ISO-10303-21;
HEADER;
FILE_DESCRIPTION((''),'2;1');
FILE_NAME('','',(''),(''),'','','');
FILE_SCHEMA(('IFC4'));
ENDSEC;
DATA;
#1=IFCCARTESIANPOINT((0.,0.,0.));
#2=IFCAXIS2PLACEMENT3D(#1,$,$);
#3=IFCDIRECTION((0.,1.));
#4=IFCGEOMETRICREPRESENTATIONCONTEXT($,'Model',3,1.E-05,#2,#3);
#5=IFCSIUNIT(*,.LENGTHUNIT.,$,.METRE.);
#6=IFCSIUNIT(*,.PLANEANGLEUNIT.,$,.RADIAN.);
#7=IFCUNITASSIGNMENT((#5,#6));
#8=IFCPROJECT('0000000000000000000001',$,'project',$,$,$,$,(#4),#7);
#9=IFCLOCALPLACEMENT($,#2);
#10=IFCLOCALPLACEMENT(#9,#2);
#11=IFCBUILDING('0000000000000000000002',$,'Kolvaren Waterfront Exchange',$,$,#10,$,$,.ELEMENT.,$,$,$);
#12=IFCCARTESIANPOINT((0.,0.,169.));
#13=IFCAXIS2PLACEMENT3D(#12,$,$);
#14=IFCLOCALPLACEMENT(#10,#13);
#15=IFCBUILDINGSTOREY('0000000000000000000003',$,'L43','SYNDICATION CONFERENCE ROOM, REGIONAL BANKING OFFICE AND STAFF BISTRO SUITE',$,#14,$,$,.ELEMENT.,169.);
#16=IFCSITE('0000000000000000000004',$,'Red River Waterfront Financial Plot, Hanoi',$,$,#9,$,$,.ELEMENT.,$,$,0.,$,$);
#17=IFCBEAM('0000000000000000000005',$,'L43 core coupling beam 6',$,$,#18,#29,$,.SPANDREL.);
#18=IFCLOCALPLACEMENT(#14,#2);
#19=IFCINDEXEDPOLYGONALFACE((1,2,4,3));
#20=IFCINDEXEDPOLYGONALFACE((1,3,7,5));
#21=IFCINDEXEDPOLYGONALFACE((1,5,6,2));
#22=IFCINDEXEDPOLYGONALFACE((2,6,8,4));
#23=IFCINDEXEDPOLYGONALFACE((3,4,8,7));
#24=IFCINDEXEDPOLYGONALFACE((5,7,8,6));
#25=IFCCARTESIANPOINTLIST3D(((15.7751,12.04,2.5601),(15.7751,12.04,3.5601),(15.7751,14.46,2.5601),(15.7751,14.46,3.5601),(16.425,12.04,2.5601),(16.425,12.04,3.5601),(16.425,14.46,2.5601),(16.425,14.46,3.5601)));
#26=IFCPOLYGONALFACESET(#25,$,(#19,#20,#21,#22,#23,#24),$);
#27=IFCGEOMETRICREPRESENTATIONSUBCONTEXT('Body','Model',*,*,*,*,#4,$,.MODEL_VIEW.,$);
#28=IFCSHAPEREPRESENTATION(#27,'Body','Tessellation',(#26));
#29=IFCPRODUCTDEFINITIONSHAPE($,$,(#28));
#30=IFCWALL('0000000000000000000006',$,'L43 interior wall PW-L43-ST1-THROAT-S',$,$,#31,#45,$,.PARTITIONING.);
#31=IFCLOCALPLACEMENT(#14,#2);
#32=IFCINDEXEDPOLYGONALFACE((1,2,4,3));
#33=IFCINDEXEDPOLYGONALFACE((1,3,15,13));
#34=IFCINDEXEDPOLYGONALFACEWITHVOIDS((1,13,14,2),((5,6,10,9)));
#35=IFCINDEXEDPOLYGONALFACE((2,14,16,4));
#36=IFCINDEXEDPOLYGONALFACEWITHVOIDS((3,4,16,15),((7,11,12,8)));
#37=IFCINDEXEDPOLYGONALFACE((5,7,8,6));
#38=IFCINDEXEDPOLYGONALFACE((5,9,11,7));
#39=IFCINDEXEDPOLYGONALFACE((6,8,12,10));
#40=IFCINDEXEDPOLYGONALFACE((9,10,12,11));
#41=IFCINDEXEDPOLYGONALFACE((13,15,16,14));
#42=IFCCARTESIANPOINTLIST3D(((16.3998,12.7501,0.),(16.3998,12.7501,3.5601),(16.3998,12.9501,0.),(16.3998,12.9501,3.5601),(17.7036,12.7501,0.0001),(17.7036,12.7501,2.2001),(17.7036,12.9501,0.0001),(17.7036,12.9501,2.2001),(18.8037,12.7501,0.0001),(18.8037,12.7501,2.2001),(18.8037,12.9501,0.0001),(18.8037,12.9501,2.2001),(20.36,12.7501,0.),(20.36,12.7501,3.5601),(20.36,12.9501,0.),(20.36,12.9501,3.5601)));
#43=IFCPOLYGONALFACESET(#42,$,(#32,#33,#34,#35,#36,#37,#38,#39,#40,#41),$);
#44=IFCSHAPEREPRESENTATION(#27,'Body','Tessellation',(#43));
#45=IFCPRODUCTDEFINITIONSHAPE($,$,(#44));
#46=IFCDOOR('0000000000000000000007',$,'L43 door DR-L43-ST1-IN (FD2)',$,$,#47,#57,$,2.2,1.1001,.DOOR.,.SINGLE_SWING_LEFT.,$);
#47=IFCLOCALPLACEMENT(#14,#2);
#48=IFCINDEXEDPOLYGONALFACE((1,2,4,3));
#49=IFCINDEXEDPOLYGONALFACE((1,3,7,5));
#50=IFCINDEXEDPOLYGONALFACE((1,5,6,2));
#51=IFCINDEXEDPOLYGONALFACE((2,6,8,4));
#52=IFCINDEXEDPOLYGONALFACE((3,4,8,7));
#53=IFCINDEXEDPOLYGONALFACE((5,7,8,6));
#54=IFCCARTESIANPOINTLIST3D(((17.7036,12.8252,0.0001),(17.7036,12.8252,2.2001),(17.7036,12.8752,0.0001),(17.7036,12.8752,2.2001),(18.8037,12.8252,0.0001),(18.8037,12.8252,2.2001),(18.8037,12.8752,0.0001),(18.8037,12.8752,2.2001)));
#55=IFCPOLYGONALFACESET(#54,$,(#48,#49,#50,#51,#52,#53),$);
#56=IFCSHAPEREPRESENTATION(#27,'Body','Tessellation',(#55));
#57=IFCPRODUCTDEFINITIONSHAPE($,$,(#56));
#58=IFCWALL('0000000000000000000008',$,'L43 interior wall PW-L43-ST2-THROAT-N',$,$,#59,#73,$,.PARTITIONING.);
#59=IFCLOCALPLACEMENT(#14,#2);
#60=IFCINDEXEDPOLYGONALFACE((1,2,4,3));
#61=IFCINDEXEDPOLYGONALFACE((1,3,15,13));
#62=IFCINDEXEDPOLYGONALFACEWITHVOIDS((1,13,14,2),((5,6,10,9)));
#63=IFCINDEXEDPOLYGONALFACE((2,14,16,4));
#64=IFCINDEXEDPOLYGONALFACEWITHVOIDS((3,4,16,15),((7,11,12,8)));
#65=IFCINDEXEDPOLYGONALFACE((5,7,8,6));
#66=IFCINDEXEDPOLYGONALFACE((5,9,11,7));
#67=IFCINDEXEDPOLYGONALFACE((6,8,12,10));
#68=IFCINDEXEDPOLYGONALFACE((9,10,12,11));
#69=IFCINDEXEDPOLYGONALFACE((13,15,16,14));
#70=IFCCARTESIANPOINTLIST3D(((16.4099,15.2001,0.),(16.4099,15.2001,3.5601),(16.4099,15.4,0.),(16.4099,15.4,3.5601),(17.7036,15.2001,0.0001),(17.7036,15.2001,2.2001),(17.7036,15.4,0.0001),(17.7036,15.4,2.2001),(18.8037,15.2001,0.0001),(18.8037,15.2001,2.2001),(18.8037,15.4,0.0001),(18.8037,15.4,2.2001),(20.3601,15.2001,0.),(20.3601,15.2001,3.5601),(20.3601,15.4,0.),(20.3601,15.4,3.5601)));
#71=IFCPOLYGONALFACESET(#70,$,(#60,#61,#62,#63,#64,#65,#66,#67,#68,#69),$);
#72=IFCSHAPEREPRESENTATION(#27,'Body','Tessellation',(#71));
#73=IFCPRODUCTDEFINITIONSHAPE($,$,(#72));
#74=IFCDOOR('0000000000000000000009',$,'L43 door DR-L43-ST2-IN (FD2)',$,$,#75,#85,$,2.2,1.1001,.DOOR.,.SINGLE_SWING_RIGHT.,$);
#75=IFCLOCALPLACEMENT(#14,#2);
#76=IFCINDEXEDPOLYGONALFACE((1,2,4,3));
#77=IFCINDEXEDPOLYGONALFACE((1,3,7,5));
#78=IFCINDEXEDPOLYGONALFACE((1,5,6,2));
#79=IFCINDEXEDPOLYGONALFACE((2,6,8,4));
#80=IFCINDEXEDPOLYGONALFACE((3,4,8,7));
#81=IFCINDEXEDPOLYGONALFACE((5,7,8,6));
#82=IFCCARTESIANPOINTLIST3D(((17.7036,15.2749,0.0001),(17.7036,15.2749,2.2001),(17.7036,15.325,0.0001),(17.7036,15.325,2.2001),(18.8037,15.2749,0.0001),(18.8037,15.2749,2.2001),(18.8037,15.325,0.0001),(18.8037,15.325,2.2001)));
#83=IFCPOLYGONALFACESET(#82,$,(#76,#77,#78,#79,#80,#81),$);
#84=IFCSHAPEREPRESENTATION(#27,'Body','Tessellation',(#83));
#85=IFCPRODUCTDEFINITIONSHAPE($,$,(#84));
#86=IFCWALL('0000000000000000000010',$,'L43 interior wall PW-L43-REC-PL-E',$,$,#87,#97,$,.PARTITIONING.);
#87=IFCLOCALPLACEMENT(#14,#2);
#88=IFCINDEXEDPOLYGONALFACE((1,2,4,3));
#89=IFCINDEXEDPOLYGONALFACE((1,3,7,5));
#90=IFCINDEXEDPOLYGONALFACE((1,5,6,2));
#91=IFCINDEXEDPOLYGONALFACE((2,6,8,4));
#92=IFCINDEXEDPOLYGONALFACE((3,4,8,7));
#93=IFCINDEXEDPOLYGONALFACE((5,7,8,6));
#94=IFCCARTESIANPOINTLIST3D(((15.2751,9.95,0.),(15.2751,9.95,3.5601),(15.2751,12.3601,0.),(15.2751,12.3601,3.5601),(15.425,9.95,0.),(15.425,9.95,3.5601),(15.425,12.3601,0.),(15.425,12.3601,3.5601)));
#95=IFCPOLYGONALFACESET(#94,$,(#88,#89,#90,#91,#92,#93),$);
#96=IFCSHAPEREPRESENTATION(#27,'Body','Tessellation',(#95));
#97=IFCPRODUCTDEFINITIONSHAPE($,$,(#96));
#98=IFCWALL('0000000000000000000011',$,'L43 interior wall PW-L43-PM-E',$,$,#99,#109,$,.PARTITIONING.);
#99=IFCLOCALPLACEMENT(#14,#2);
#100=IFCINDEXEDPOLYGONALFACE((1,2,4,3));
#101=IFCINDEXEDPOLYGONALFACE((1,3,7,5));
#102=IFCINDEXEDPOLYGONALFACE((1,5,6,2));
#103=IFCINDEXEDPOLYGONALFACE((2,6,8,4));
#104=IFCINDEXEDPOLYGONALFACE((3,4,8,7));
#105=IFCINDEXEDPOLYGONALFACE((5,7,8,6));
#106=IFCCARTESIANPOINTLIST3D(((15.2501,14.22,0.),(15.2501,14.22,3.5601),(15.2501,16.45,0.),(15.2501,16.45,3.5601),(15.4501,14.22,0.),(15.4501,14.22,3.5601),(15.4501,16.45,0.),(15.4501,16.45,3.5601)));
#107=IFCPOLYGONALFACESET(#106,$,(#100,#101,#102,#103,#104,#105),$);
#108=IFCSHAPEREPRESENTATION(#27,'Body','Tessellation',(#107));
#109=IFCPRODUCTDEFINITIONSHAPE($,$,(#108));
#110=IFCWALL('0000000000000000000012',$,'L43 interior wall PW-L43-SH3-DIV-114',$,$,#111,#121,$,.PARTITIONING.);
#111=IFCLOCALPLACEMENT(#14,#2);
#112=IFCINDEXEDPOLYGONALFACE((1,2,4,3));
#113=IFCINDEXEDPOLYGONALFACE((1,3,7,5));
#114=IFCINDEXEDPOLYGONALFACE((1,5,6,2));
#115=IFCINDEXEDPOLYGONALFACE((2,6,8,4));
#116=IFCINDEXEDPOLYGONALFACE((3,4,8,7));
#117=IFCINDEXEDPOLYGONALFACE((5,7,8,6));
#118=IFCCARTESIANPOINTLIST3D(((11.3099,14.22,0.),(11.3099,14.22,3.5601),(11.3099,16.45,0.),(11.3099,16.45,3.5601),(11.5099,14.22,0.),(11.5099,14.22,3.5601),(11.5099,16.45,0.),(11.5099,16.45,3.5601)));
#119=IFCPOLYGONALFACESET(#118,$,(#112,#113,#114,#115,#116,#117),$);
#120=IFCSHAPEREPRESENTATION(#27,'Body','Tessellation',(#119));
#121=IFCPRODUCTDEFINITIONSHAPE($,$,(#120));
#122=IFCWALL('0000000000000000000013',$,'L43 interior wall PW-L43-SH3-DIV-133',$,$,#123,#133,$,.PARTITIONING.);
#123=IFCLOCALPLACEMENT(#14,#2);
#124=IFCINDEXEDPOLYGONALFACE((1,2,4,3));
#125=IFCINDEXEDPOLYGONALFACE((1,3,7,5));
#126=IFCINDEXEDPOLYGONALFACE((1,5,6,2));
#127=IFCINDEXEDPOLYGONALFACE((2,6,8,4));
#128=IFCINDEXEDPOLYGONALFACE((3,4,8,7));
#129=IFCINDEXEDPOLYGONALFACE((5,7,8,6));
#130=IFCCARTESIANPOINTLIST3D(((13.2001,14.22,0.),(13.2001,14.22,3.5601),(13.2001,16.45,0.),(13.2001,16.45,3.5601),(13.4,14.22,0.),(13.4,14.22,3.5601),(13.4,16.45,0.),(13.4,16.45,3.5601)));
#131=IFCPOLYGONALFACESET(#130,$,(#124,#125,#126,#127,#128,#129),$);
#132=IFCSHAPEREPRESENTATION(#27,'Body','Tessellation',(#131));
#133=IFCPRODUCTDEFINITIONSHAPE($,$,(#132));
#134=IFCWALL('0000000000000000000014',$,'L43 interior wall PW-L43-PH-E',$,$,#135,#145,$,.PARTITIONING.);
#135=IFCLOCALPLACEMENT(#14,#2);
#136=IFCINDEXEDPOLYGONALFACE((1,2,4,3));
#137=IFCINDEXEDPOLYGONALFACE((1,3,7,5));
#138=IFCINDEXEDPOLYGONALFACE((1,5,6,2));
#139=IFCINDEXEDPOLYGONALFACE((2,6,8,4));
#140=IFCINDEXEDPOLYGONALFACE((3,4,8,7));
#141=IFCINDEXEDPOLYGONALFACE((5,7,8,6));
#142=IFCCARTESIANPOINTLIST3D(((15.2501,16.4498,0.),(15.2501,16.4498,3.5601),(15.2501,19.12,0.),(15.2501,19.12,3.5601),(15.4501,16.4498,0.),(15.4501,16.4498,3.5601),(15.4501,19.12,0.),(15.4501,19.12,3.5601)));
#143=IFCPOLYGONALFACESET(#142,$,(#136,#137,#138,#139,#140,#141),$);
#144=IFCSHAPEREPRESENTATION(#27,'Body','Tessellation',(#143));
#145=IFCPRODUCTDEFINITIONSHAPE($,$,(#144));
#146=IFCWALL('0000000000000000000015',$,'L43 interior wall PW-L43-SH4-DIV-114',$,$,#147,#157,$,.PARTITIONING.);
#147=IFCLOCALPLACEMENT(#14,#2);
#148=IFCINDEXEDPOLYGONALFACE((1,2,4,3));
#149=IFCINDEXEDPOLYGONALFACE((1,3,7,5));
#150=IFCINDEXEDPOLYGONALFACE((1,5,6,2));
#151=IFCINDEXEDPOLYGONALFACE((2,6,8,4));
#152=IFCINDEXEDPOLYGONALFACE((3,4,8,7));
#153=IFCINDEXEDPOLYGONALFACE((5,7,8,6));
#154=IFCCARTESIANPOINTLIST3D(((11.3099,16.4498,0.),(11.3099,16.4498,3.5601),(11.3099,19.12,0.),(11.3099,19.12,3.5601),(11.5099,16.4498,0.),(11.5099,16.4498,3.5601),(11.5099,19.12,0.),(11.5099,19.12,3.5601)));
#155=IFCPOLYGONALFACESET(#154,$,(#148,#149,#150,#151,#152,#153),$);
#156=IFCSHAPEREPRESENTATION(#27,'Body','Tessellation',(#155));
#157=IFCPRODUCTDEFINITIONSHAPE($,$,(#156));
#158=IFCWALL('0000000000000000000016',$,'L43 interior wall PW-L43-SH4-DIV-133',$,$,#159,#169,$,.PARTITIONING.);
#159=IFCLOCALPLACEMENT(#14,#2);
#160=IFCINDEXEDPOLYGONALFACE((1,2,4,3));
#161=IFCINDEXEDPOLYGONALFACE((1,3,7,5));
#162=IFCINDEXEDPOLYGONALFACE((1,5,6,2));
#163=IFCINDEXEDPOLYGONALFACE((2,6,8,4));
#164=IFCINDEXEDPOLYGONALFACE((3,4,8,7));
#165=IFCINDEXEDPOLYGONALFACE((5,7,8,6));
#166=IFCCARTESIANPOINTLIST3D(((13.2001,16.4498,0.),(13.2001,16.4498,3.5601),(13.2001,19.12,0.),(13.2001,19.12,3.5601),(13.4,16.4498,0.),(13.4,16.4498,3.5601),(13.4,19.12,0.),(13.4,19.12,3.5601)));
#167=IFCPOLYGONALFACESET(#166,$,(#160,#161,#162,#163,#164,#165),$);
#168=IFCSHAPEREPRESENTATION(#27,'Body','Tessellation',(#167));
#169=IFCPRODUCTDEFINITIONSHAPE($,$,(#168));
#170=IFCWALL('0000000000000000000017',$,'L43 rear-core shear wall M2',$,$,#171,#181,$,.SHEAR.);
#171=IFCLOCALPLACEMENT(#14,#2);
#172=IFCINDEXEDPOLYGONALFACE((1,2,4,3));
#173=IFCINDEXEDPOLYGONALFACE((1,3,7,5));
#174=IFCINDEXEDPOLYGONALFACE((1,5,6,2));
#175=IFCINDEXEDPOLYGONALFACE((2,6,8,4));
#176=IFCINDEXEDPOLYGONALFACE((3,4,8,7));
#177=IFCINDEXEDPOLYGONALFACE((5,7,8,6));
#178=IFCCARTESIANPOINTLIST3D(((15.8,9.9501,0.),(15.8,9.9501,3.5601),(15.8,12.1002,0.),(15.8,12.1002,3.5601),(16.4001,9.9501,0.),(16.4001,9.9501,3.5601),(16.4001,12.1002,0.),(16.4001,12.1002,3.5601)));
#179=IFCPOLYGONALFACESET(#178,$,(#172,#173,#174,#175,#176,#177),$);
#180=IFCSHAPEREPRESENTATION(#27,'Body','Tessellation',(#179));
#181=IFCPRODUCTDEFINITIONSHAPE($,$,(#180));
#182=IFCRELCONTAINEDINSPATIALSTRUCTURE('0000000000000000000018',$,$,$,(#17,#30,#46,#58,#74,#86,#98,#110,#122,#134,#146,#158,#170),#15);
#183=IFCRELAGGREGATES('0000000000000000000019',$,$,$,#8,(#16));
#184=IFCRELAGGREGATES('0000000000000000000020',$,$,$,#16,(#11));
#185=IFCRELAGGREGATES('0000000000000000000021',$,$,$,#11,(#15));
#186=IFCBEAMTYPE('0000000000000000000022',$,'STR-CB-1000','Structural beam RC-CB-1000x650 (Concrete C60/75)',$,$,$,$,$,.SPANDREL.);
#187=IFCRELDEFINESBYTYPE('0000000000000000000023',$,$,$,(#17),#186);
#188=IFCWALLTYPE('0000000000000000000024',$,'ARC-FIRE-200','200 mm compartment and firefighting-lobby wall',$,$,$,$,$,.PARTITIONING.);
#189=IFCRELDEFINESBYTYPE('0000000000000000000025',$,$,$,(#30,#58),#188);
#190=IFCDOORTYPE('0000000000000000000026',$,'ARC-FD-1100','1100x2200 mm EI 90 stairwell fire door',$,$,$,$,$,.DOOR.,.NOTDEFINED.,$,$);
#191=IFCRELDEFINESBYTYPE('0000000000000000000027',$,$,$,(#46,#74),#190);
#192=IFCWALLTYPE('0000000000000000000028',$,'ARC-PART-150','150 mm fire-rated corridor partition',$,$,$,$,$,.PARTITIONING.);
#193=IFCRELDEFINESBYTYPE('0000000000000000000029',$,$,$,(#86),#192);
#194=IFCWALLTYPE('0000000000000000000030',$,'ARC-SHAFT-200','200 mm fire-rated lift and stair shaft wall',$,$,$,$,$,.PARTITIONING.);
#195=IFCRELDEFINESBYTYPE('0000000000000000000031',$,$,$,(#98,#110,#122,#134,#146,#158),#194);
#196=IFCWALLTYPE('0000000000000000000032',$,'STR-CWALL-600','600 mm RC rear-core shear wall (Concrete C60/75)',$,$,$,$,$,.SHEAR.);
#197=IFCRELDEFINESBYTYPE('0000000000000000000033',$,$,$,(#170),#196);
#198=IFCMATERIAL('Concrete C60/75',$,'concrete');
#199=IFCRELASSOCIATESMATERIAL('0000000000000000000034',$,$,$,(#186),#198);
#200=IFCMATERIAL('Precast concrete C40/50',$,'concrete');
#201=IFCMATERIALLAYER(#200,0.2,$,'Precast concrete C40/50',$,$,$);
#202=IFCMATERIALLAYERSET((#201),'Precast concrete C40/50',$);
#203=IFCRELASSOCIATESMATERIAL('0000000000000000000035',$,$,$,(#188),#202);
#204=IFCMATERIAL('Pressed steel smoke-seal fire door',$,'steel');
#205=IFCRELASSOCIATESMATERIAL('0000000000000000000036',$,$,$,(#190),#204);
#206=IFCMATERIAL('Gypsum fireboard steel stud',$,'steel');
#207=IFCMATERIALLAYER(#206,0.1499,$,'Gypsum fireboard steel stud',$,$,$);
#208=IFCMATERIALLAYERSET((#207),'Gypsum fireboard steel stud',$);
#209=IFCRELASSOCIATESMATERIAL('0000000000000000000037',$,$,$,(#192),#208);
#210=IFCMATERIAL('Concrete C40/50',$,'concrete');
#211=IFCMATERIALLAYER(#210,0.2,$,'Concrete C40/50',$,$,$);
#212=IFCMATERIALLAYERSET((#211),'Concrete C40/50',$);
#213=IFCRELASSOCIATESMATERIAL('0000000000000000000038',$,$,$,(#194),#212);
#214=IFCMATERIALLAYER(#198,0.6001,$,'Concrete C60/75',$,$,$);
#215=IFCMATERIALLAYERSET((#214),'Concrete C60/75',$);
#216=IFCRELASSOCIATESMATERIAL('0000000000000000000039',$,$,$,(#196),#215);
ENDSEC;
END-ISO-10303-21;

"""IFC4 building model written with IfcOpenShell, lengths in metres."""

from ifc_helpers import new_model, si_unit, direction, frame, frame_2d, origin, origin_2d, place, context, subcontext, project, spatial, rectangle, extrude, material, layer, layer_set, material_profile, profile_set, type_object, element, fill, save


model = new_model("IFC4")

# Units and contexts
model_context = context("Model", 3, precision=1e-05, world=origin(), true_north=direction((0.0, 1.0)))
body_context = subcontext(model_context, "Body", "Model", "MODEL_VIEW")
ifc_project = project(units=[si_unit("LENGTHUNIT", "METRE"), si_unit("PLANEANGLEUNIT", "RADIAN")], contexts=[model_context])

# Site, building, storey
site_placement = place(None, origin())
site = spatial("IfcSite", under=ifc_project, at=site_placement, Name="Red River Waterfront Financial Plot, Hanoi", CompositionType="ELEMENT", RefElevation=0.0)
building_placement = place(site_placement, origin())
building = spatial("IfcBuilding", under=site, at=building_placement, Name="Kolvaren Waterfront Exchange", CompositionType="ELEMENT")
storey_placement = place(building_placement, frame((0.0, 0.0, 169.0)))
storey = spatial("IfcBuildingStorey", under=building, at=storey_placement, Name="L43", Description="SYNDICATION CONFERENCE ROOM, REGIONAL BANKING OFFICE AND STAFF BISTRO SUITE", CompositionType="ELEMENT", Elevation=169.0)

# Beam
ifc_material_1 = material(Name="Concrete C60/75", Category="concrete")
ifc_material_profile = material_profile(ifc_material_1, rectangle(XDim=0.6499, YDim=1.0, at=origin_2d()), Name="RC-CB-1000x650")
ifc_profile_set = profile_set([ifc_material_profile], Name="Concrete C60/75")
beam_type = type_object("IfcBeamType", Name="STR-CB-1000", Description="Structural beam RC-CB-1000x650 (Concrete C60/75)", PredefinedType="SPANDREL", material=ifc_profile_set)
beam_placement = place(storey_placement, frame((16.1001, 12.04, 3.0601), z_axis=(0.0, 1.0, 0.0), x_axis=(-1.0, 0.0, 0.0)))
element("IfcBeam", 1, at=beam_placement, inside=storey, type_object=beam_type, Name="L43 core coupling beam 6", PredefinedType="SPANDREL", context=body_context, shape_type="SweptSolid", body=[
    extrude(rectangle(XDim=0.6499, YDim=1.0, at=origin_2d()), origin(), (0.0, 0.0, 1.0), 2.4199),
])

# Walls, openings, doors
ifc_material_2 = material(Name="Precast concrete C40/50", Category="concrete")
ifc_layer_1 = layer(ifc_material_2, 0.2, Name="Precast concrete C40/50")
ifc_layer_set_1 = layer_set([ifc_layer_1], Name="Precast concrete C40/50")
wall_type_1 = type_object("IfcWallType", Name="ARC-FIRE-200", Description="200 mm compartment and firefighting-lobby wall", PredefinedType="PARTITIONING", material=ifc_layer_set_1)
wall_1_placement = place(storey_placement, frame((16.3999, 12.8501, 0.0), z_axis=(0.0, 0.0, 1.0), x_axis=(1.0, 0.0, 0.0)))
wall_1 = element("IfcWall", 2, at=wall_1_placement, inside=storey, type_object=wall_type_1, Name="L43 interior wall PW-L43-ST1-THROAT-S", PredefinedType="PARTITIONING", context=body_context, shape_type="SweptSolid", body=[
    extrude(rectangle(XDim=3.9602, YDim=0.2, at=frame_2d((1.98, 0.0))), origin(), (0.0, 0.0, 1.0), 3.5601),
])
opening_1_placement = place(wall_1_placement, frame((1.3037, 0.0, 0.0)))
opening_1 = element("IfcOpeningElement", 3, at=opening_1_placement, cuts=wall_1, PredefinedType="OPENING", context=body_context, shape_type="SweptSolid", body=[
    extrude(rectangle(XDim=1.1001, YDim=2.2, at=frame_2d((0.55, 1.1001))), frame((0.0, 0.1099, 0.0), z_axis=(0.0, -1.0, 0.0), x_axis=(1.0, 0.0, 0.0)), (0.0, 0.0, 1.0), 0.22),
])
ifc_material_3 = material(Name="Pressed steel smoke-seal fire door", Category="steel")
door_type = type_object("IfcDoorType", Name="ARC-FD-1100", Description="1100x2200 mm EI 90 stairwell fire door", OperationType="NOTDEFINED", PredefinedType="DOOR", material=ifc_material_3)
door_1_placement = place(opening_1_placement, frame((1.1001, 0.0, 0.0), z_axis=(0.0, 0.0, 1.0), x_axis=(-1.0, 0.0, 0.0)))
door_1 = element("IfcDoor", 4, at=door_1_placement, inside=storey, type_object=door_type, Name="L43 door DR-L43-ST1-IN (FD2)", OperationType="SINGLE_SWING_LEFT", OverallHeight=2.2, OverallWidth=1.1001, PredefinedType="DOOR", context=body_context, shape_type="SweptSolid", body=[
    extrude(rectangle(XDim=1.1001, YDim=2.2, at=frame_2d((0.55, 1.1001))), frame((0.0, 0.0249, 0.0), z_axis=(0.0, -1.0, 0.0), x_axis=(1.0, 0.0, 0.0)), (0.0, 0.0, 1.0), 0.05),
])
fill(opening_1, door_1)
wall_2_placement = place(storey_placement, frame((16.4099, 15.3, 0.0), z_axis=(0.0, 0.0, 1.0), x_axis=(1.0, 0.0, 0.0)))
wall_2 = element("IfcWall", 5, at=wall_2_placement, inside=storey, type_object=wall_type_1, Name="L43 interior wall PW-L43-ST2-THROAT-N", PredefinedType="PARTITIONING", context=body_context, shape_type="SweptSolid", body=[
    extrude(rectangle(XDim=3.9502, YDim=0.2, at=frame_2d((1.9751, 0.0))), origin(), (0.0, 0.0, 1.0), 3.5601),
])
opening_2_placement = place(wall_2_placement, frame((1.2937, 0.0, 0.0)))
opening_2 = element("IfcOpeningElement", 6, at=opening_2_placement, cuts=wall_2, PredefinedType="OPENING", context=body_context, shape_type="SweptSolid", body=[
    extrude(rectangle(XDim=1.1001, YDim=2.2, at=frame_2d((0.55, 1.1001))), frame((0.0, 0.1099, 0.0), z_axis=(0.0, -1.0, 0.0), x_axis=(1.0, 0.0, 0.0)), (0.0, 0.0, 1.0), 0.22),
])
door_2_placement = place(opening_2_placement, origin())
door_2 = element("IfcDoor", 7, at=door_2_placement, inside=storey, type_object=door_type, Name="L43 door DR-L43-ST2-IN (FD2)", OperationType="SINGLE_SWING_RIGHT", OverallHeight=2.2, OverallWidth=1.1001, PredefinedType="DOOR", context=body_context, shape_type="SweptSolid", body=[
    extrude(rectangle(XDim=1.1001, YDim=2.2, at=frame_2d((0.55, 1.1001))), frame((0.0, 0.0249, 0.0), z_axis=(0.0, -1.0, 0.0), x_axis=(1.0, 0.0, 0.0)), (0.0, 0.0, 1.0), 0.05),
])
fill(opening_2, door_2)

# Walls
ifc_material_4 = material(Name="Gypsum fireboard steel stud", Category="steel")
ifc_layer_2 = layer(ifc_material_4, 0.1499, Name="Gypsum fireboard steel stud")
ifc_layer_set_2 = layer_set([ifc_layer_2], Name="Gypsum fireboard steel stud")
wall_type_2 = type_object("IfcWallType", Name="ARC-PART-150", Description="150 mm fire-rated corridor partition", PredefinedType="PARTITIONING", material=ifc_layer_set_2)
wall_3_placement = place(storey_placement, frame((15.3501, 9.95, 0.0), z_axis=(0.0, 0.0, 1.0), x_axis=(0.0, 1.0, 0.0)))
element("IfcWall", 8, at=wall_3_placement, inside=storey, type_object=wall_type_2, Name="L43 interior wall PW-L43-REC-PL-E", PredefinedType="PARTITIONING", context=body_context, shape_type="SweptSolid", body=[
    extrude(rectangle(XDim=2.4102, YDim=0.1499, at=frame_2d((1.2051, 0.0))), origin(), (0.0, 0.0, 1.0), 3.5601),
])
ifc_material_5 = material(Name="Concrete C40/50", Category="concrete")
ifc_layer_3 = layer(ifc_material_5, 0.2, Name="Concrete C40/50")
ifc_layer_set_3 = layer_set([ifc_layer_3], Name="Concrete C40/50")
wall_type_3 = type_object("IfcWallType", Name="ARC-SHAFT-200", Description="200 mm fire-rated lift and stair shaft wall", PredefinedType="PARTITIONING", material=ifc_layer_set_3)
for number, where, z_axis, x_axis, name in (
    (9, (15.3501, 14.22, 0.0), (0.0, 0.0, 1.0), (0.0, 1.0, 0.0), "L43 interior wall PW-L43-PM-E"),
    (10, (11.4099, 14.22, 0.0), (0.0, 0.0, 1.0), (0.0, 1.0, 0.0), "L43 interior wall PW-L43-SH3-DIV-114"),
    (11, (13.3, 14.22, 0.0), (0.0, 0.0, 1.0), (0.0, 1.0, 0.0), "L43 interior wall PW-L43-SH3-DIV-133"),
):
    element("IfcWall", number, at=place(storey_placement, frame(where, z_axis=z_axis, x_axis=x_axis)), inside=storey, type_object=wall_type_3, Name=name, PredefinedType="PARTITIONING", context=body_context, shape_type="SweptSolid", body=[
        extrude(rectangle(XDim=2.23, YDim=0.2, at=frame_2d((1.115, 0.0))), origin(), (0.0, 0.0, 1.0), 3.5601),
    ])
for number, where, z_axis, x_axis, name in (
    (12, (15.3501, 16.45, 0.0), (0.0, 0.0, 1.0), (0.0, 1.0, 0.0), "L43 interior wall PW-L43-PH-E"),
    (13, (11.4099, 16.45, 0.0), (0.0, 0.0, 1.0), (0.0, 1.0, 0.0), "L43 interior wall PW-L43-SH4-DIV-114"),
    (14, (13.3, 16.45, 0.0), (0.0, 0.0, 1.0), (0.0, 1.0, 0.0), "L43 interior wall PW-L43-SH4-DIV-133"),
):
    element("IfcWall", number, at=place(storey_placement, frame(where, z_axis=z_axis, x_axis=x_axis)), inside=storey, type_object=wall_type_3, Name=name, PredefinedType="PARTITIONING", context=body_context, shape_type="SweptSolid", body=[
        extrude(rectangle(XDim=2.6702, YDim=0.2, at=frame_2d((1.335, 0.0))), origin(), (0.0, 0.0, 1.0), 3.5601),
    ])
ifc_layer_4 = layer(ifc_material_1, 0.6001, Name="Concrete C60/75")
ifc_layer_set_4 = layer_set([ifc_layer_4], Name="Concrete C60/75")
wall_type_4 = type_object("IfcWallType", Name="STR-CWALL-600", Description="600 mm RC rear-core shear wall (Concrete C60/75)", PredefinedType="SHEAR", material=ifc_layer_set_4)
wall_4_placement = place(storey_placement, frame((16.1001, 9.95, 0.0), z_axis=(0.0, 0.0, 1.0), x_axis=(0.0, 1.0, 0.0)))
element("IfcWall", 15, at=wall_4_placement, inside=storey, type_object=wall_type_4, Name="L43 rear-core shear wall M2", PredefinedType="SHEAR", context=body_context, shape_type="SweptSolid", body=[
    extrude(rectangle(XDim=2.1501, YDim=0.6001, at=frame_2d((1.0752, 0.0))), origin(), (0.0, 0.0, 1.0), 3.5601),
])

save(model, "model.ifc")
